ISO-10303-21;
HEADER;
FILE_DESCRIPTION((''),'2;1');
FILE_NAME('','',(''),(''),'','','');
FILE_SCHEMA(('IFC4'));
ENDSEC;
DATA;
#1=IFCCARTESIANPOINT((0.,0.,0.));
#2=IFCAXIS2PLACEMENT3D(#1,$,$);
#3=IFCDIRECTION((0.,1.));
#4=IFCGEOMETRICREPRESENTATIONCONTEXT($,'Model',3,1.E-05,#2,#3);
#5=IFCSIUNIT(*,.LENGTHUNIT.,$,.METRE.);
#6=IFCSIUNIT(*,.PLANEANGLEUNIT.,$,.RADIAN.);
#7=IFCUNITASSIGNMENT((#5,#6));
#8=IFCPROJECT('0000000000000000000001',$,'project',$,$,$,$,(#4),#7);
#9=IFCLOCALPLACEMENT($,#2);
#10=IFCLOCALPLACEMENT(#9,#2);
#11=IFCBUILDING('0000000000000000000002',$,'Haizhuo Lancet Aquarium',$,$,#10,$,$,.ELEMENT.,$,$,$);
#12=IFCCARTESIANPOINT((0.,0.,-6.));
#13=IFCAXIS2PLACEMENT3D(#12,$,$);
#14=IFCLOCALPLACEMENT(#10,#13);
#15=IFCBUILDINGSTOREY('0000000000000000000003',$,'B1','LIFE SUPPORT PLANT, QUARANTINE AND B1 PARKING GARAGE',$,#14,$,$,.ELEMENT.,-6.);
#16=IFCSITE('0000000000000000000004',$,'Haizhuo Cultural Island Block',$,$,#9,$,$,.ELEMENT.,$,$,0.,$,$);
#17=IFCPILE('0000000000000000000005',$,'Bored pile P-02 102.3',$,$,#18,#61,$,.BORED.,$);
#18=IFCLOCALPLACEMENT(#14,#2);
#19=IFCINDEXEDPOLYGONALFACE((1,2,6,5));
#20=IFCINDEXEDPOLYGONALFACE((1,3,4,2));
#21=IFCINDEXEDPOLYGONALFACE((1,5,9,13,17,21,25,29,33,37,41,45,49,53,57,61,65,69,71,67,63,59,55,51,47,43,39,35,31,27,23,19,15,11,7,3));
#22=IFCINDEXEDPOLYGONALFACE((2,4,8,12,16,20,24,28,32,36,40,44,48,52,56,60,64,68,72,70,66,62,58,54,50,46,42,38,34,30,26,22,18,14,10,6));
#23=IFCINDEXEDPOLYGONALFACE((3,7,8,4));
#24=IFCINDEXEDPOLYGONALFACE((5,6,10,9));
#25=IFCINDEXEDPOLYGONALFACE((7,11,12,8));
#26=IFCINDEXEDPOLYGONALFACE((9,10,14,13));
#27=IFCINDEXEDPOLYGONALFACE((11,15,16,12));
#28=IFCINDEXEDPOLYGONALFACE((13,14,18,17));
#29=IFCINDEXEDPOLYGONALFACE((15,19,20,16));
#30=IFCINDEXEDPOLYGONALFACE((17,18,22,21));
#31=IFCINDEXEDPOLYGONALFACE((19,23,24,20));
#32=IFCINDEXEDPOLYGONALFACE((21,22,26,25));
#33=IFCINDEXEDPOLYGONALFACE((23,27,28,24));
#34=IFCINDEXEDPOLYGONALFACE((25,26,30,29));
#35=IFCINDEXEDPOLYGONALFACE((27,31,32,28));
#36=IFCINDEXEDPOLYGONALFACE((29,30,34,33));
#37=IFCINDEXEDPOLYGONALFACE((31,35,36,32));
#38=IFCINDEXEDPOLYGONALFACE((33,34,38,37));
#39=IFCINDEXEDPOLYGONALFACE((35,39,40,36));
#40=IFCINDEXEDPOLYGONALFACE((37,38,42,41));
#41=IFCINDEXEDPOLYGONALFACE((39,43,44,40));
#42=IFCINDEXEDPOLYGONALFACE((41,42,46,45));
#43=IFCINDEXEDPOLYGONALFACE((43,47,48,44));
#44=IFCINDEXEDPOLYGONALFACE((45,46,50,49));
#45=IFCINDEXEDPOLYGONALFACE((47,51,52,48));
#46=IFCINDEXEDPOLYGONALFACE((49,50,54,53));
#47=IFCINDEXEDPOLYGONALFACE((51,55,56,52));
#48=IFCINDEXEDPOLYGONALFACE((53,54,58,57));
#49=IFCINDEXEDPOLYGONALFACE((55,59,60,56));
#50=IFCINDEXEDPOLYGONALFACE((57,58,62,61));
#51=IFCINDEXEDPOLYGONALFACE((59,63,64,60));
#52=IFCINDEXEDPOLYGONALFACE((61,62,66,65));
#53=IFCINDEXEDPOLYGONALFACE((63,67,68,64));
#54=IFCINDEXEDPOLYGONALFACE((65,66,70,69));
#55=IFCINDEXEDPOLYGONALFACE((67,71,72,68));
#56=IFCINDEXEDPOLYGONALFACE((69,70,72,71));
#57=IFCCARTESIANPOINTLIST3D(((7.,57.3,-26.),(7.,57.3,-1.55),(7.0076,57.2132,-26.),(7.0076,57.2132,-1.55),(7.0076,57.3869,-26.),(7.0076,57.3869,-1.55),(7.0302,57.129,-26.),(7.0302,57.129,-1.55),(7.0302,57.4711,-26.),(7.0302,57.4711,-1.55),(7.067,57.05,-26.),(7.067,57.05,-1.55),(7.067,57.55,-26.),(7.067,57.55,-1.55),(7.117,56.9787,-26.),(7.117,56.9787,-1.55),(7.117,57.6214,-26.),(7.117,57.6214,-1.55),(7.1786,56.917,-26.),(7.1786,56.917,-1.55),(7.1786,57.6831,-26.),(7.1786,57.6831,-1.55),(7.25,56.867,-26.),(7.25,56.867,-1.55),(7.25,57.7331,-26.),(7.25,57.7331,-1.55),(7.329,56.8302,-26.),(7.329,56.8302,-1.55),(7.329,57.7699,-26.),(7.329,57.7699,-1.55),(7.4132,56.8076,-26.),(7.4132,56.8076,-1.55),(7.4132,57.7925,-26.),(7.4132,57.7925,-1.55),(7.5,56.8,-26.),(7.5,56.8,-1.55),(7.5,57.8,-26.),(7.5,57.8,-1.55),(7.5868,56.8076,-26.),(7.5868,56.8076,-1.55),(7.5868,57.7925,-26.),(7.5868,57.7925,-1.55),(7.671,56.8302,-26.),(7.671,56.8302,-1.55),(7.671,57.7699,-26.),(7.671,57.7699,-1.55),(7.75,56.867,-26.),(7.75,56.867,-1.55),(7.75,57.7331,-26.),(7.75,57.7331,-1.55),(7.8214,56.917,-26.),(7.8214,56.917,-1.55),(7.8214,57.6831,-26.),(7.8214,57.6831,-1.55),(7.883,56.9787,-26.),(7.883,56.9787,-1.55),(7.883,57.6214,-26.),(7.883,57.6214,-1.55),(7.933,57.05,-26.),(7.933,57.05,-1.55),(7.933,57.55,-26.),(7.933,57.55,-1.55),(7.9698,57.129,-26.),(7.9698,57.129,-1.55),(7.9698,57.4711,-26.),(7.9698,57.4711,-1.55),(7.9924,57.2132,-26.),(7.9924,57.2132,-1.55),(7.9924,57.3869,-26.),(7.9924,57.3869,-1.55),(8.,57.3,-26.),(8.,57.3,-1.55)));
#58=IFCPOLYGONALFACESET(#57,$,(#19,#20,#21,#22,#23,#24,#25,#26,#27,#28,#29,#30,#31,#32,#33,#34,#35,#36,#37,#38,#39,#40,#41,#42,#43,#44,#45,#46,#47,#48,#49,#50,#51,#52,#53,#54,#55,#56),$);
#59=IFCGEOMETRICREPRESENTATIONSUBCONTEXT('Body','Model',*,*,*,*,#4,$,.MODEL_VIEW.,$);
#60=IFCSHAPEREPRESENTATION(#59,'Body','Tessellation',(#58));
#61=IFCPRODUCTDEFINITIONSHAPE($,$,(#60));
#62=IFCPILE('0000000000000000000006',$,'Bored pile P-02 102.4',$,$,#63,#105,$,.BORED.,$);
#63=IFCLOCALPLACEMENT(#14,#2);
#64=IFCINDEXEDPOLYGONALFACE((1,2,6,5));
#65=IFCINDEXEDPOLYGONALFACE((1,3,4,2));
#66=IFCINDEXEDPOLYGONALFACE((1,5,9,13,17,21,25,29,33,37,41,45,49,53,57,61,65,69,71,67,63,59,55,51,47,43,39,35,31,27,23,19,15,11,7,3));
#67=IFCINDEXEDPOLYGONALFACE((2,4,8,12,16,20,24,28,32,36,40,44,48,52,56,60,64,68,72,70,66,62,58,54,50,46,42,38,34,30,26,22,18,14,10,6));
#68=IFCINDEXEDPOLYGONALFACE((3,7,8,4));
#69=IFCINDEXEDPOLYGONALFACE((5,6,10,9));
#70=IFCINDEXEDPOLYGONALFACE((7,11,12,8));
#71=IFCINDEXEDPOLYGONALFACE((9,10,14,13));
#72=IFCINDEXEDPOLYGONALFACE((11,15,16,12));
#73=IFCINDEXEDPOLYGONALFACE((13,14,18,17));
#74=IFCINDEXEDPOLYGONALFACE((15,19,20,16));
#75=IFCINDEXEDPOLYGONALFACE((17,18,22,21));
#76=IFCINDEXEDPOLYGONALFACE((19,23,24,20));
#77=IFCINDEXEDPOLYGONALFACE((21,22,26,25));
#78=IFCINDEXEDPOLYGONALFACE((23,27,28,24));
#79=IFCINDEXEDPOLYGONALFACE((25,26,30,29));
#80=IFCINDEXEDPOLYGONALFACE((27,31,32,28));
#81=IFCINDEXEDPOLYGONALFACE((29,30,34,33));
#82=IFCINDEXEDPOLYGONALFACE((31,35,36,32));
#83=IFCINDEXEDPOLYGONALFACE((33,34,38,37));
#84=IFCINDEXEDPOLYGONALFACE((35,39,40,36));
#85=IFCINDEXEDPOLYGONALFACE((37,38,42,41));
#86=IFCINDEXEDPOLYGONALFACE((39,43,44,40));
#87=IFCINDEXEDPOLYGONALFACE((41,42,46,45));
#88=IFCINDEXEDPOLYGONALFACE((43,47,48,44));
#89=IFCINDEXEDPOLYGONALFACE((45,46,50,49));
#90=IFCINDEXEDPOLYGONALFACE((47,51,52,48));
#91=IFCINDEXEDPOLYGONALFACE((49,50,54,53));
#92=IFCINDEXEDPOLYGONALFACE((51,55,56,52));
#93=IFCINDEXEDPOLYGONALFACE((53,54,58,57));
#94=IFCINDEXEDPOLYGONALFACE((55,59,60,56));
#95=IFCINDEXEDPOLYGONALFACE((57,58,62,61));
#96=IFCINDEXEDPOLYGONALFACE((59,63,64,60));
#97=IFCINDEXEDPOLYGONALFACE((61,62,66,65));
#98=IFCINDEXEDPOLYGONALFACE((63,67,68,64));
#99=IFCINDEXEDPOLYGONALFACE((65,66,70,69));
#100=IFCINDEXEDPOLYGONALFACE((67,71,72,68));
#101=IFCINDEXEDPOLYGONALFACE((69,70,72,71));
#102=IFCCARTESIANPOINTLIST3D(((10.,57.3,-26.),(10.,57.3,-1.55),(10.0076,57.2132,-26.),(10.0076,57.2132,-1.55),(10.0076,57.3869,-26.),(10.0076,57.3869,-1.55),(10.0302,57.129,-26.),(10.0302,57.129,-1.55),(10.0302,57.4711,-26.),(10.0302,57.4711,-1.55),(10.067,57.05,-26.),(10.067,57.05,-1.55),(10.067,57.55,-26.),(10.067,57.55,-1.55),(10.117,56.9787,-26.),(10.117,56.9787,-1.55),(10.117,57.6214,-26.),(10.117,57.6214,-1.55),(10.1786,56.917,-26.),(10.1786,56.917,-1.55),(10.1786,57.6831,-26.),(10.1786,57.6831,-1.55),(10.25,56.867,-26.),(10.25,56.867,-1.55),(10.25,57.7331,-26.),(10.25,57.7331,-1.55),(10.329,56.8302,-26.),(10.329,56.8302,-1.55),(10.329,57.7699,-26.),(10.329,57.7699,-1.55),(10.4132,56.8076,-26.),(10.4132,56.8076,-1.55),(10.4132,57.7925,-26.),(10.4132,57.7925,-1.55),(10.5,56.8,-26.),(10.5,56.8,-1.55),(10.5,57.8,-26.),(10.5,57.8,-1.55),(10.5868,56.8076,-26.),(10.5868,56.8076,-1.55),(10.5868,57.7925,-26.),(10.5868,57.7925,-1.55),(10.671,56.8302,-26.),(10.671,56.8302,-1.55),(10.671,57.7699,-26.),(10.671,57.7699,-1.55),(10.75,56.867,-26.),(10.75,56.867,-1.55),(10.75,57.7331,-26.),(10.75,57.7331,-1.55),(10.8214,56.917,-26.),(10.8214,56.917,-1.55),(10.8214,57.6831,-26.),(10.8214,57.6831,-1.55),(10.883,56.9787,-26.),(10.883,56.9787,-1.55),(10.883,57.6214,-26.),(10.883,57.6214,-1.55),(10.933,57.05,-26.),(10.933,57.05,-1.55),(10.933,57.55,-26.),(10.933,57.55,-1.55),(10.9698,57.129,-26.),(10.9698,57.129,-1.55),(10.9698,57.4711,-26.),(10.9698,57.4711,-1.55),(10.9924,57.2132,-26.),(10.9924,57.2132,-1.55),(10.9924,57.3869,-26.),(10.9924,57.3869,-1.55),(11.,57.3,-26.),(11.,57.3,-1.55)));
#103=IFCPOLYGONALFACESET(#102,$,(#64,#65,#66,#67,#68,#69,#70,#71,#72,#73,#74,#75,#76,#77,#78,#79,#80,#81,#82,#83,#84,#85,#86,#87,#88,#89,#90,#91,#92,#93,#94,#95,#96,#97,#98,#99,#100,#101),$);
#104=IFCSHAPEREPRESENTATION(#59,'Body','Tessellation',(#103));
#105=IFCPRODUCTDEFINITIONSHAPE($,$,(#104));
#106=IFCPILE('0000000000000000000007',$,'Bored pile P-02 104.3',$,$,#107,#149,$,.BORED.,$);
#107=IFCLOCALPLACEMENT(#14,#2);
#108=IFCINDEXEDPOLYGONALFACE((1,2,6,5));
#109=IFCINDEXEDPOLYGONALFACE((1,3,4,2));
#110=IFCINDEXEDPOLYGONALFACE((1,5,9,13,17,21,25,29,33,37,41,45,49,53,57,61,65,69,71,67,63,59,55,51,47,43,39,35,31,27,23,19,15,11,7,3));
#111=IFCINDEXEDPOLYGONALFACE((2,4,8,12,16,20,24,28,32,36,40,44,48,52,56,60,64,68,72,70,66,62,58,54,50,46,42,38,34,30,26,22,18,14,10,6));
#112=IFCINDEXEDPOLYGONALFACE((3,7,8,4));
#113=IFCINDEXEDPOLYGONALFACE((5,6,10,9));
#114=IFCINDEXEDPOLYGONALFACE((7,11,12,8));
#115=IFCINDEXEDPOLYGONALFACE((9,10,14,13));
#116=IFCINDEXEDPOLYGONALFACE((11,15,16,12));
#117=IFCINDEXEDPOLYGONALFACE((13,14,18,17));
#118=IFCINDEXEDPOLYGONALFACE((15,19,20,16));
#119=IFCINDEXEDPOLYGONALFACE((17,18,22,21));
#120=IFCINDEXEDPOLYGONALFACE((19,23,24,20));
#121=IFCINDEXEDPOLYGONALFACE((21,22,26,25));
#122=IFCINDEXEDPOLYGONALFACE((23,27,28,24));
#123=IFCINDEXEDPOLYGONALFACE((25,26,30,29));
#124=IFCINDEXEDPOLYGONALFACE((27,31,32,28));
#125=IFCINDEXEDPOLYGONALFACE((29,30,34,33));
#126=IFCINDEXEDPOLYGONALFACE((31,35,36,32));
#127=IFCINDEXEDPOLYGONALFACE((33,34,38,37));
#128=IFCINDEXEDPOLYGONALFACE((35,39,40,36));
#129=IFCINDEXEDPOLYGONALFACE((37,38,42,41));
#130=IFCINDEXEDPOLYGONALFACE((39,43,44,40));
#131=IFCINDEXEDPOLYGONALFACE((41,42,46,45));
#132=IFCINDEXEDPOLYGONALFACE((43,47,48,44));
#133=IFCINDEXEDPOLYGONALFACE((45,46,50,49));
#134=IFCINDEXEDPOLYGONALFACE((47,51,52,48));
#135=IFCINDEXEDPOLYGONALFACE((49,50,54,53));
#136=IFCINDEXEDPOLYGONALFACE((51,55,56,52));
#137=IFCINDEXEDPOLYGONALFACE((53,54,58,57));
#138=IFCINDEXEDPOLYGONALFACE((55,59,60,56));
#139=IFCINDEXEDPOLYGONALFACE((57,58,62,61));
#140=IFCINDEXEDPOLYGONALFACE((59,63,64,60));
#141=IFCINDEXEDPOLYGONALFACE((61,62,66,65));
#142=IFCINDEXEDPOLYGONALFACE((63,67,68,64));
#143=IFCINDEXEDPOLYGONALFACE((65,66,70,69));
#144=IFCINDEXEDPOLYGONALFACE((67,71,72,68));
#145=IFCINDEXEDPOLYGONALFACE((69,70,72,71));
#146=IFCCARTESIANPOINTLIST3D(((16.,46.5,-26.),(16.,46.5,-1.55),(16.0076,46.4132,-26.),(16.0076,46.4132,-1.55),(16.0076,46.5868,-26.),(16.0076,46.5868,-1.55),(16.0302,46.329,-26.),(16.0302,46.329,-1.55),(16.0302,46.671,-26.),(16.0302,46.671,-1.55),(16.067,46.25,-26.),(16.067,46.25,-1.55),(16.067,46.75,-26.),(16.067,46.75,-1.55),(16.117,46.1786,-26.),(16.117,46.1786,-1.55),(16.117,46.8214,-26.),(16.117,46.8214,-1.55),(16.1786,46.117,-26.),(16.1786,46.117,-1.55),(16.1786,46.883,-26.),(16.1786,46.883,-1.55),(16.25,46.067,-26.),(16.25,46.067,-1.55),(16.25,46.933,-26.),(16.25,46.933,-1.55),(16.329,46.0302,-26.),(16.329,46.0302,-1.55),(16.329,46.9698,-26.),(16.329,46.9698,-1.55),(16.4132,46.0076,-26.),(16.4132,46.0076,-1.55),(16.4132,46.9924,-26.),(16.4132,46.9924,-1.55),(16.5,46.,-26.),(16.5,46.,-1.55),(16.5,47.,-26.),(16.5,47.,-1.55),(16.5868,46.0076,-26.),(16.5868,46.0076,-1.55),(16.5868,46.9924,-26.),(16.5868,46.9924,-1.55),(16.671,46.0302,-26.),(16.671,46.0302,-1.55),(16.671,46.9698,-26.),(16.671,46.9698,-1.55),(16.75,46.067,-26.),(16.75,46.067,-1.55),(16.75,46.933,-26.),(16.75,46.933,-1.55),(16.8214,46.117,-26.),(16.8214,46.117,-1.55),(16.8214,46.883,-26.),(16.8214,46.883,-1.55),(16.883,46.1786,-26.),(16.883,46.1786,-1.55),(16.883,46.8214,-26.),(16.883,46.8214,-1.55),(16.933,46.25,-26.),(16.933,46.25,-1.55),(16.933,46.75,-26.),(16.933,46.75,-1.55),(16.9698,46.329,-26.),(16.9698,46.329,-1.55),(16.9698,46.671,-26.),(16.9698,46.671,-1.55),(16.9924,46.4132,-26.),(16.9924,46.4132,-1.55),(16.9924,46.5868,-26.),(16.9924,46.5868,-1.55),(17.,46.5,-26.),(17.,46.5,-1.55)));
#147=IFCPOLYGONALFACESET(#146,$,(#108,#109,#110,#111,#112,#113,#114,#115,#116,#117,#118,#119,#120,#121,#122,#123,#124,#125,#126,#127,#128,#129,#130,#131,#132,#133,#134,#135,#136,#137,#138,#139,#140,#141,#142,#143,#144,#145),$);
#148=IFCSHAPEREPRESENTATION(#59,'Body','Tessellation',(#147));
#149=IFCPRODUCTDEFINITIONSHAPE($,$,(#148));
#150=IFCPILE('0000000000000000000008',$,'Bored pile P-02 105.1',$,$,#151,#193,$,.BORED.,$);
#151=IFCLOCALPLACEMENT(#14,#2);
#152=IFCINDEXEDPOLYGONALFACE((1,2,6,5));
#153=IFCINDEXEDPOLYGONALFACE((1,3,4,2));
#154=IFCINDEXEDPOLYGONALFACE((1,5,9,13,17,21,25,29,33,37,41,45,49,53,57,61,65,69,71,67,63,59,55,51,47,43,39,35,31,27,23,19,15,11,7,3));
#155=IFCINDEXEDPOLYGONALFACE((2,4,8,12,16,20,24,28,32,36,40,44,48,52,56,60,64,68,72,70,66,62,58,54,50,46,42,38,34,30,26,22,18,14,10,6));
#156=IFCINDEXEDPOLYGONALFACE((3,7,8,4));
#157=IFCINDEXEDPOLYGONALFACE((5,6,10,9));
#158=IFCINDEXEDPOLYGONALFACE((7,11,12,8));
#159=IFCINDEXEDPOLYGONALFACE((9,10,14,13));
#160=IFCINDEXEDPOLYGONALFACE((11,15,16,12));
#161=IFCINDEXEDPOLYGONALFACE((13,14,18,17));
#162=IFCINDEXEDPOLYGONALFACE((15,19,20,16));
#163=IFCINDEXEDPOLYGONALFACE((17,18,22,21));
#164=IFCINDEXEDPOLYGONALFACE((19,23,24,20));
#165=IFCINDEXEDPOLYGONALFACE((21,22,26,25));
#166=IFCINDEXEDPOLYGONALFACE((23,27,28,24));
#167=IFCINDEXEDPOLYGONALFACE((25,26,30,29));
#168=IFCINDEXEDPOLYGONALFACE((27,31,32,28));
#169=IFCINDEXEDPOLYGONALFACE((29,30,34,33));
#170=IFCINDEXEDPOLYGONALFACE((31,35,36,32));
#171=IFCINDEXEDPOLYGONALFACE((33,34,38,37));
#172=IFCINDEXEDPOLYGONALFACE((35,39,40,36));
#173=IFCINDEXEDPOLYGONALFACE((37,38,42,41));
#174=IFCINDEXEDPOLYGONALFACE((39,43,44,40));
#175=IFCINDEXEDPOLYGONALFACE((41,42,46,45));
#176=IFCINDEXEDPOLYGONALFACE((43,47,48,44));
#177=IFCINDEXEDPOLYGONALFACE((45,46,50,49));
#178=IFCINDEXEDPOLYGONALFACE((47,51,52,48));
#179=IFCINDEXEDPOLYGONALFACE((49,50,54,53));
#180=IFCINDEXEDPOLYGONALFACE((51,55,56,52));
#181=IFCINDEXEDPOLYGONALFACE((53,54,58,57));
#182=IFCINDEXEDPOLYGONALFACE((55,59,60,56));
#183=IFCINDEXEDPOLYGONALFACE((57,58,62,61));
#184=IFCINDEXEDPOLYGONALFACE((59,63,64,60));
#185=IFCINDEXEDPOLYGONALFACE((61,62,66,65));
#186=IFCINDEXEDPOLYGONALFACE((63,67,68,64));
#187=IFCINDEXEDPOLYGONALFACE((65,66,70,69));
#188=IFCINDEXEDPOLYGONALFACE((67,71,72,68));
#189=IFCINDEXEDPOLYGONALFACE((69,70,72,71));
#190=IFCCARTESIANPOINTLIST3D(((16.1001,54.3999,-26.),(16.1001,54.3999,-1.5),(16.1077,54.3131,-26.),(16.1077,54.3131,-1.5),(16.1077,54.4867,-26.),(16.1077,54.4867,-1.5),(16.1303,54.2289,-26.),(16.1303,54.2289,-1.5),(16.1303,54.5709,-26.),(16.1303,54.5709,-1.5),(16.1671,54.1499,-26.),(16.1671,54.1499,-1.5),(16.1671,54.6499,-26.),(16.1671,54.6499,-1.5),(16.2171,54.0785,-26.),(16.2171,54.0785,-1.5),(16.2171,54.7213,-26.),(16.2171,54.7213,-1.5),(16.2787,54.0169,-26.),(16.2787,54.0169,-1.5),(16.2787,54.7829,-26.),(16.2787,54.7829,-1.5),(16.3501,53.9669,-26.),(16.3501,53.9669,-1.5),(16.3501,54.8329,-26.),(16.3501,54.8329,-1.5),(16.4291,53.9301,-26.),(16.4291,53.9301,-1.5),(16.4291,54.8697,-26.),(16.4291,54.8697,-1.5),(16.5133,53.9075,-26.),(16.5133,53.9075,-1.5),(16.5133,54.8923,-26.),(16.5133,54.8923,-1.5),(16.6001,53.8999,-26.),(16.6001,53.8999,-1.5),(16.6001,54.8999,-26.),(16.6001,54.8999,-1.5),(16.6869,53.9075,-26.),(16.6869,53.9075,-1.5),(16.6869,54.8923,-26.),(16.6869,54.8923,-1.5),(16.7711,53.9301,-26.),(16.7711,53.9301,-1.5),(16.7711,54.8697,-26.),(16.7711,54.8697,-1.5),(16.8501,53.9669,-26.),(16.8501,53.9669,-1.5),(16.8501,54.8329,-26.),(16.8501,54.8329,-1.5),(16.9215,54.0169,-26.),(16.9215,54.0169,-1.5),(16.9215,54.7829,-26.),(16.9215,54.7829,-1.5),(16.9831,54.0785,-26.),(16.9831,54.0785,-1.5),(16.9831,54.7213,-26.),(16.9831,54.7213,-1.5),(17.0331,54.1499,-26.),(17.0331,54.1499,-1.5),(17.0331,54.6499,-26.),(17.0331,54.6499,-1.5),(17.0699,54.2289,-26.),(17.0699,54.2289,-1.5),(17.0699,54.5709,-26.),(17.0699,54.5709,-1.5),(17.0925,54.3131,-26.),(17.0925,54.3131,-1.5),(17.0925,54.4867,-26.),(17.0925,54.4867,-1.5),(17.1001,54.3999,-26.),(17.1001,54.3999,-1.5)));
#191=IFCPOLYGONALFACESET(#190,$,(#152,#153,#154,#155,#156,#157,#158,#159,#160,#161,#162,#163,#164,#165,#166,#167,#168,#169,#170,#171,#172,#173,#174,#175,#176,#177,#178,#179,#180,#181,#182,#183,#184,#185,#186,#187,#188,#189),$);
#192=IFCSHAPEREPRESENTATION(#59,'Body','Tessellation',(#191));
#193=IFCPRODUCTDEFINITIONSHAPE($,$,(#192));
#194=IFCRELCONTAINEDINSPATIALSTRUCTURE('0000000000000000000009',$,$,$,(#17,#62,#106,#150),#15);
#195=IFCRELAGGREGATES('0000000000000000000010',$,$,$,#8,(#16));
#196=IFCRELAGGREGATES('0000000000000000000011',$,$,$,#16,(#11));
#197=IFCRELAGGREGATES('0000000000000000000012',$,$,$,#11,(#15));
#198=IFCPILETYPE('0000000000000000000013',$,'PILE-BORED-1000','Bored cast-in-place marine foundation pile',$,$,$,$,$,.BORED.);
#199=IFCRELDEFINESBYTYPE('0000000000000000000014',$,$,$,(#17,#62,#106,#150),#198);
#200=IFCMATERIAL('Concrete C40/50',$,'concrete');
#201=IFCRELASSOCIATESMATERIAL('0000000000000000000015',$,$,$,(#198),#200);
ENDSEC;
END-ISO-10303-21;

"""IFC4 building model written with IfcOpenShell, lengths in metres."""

from ifc_helpers import new_model, si_unit, direction, frame, origin, origin_2d, place, context, subcontext, project, spatial, circle, extrude, material, material_profile, profile_set, type_object, element, save


model = new_model("IFC4")

# Units and contexts
model_context = context("Model", 3, precision=1e-05, world=origin(), true_north=direction((0.0, 1.0)))
body_context = subcontext(model_context, "Body", "Model", "MODEL_VIEW")
ifc_project = project(units=[si_unit("LENGTHUNIT", "METRE"), si_unit("PLANEANGLEUNIT", "RADIAN")], contexts=[model_context])

# Site, building, storey
site_placement = place(None, origin())
site = spatial("IfcSite", under=ifc_project, at=site_placement, Name="Haizhuo Cultural Island Block", CompositionType="ELEMENT", RefElevation=0.0)
building_placement = place(site_placement, origin())
building = spatial("IfcBuilding", under=site, at=building_placement, Name="Haizhuo Lancet Aquarium", CompositionType="ELEMENT")
storey_placement = place(building_placement, frame((0.0, 0.0, -6.0)))
storey = spatial("IfcBuildingStorey", under=building, at=storey_placement, Name="B1", Description="LIFE SUPPORT PLANT, QUARANTINE AND B1 PARKING GARAGE", CompositionType="ELEMENT", Elevation=-6.0)

# Shared definitions
ifc_material_1 = material(Name="Concrete C40/50", Category="concrete")

# Piles
ifc_material_profile_1 = material_profile(ifc_material_1, circle(Radius=0.5, at=origin_2d()), Name="PILE-1000")
ifc_profile_set_1 = profile_set([ifc_material_profile_1], Name="Concrete C40/50")
pile_type = type_object("IfcPileType", Name="PILE-BORED-1000", Description="Bored cast-in-place marine foundation pile", PredefinedType="BORED", material=ifc_profile_set_1)
for number, where, z_axis, x_axis, name in (
    (1, (7.5, 57.3, -1.55), (0.0, 0.0, -1.0), (1.0, 0.0, 0.0), "Bored pile P-02 102.3"),
    (2, (10.5, 57.3, -1.55), (0.0, 0.0, -1.0), (1.0, 0.0, 0.0), "Bored pile P-02 102.4"),
    (3, (16.5, 46.5, -1.55), (0.0, 0.0, -1.0), (1.0, 0.0, 0.0), "Bored pile P-02 104.3"),
):
    element("IfcPile", number, at=place(storey_placement, frame(where, z_axis=z_axis, x_axis=x_axis)), inside=storey, type_object=pile_type, Name=name, PredefinedType="BORED", context=body_context, shape_type="SweptSolid", body=[
        extrude(circle(Radius=0.5, at=origin_2d()), origin(), (0.0, 0.0, 1.0), 24.45),
    ])
for number, where, z_axis, x_axis, name in (
    (4, (16.6001, 54.3999, -1.5), (0.0, 0.0, -1.0), (1.0, 0.0, 0.0), "Bored pile P-02 105.1"),
):
    element("IfcPile", number, at=place(storey_placement, frame(where, z_axis=z_axis, x_axis=x_axis)), inside=storey, type_object=pile_type, Name=name, PredefinedType="BORED", context=body_context, shape_type="SweptSolid", body=[
        extrude(circle(Radius=0.5, at=origin_2d()), origin(), (0.0, 0.0, 1.0), 24.5),
    ])

save(model, "model.ifc")
